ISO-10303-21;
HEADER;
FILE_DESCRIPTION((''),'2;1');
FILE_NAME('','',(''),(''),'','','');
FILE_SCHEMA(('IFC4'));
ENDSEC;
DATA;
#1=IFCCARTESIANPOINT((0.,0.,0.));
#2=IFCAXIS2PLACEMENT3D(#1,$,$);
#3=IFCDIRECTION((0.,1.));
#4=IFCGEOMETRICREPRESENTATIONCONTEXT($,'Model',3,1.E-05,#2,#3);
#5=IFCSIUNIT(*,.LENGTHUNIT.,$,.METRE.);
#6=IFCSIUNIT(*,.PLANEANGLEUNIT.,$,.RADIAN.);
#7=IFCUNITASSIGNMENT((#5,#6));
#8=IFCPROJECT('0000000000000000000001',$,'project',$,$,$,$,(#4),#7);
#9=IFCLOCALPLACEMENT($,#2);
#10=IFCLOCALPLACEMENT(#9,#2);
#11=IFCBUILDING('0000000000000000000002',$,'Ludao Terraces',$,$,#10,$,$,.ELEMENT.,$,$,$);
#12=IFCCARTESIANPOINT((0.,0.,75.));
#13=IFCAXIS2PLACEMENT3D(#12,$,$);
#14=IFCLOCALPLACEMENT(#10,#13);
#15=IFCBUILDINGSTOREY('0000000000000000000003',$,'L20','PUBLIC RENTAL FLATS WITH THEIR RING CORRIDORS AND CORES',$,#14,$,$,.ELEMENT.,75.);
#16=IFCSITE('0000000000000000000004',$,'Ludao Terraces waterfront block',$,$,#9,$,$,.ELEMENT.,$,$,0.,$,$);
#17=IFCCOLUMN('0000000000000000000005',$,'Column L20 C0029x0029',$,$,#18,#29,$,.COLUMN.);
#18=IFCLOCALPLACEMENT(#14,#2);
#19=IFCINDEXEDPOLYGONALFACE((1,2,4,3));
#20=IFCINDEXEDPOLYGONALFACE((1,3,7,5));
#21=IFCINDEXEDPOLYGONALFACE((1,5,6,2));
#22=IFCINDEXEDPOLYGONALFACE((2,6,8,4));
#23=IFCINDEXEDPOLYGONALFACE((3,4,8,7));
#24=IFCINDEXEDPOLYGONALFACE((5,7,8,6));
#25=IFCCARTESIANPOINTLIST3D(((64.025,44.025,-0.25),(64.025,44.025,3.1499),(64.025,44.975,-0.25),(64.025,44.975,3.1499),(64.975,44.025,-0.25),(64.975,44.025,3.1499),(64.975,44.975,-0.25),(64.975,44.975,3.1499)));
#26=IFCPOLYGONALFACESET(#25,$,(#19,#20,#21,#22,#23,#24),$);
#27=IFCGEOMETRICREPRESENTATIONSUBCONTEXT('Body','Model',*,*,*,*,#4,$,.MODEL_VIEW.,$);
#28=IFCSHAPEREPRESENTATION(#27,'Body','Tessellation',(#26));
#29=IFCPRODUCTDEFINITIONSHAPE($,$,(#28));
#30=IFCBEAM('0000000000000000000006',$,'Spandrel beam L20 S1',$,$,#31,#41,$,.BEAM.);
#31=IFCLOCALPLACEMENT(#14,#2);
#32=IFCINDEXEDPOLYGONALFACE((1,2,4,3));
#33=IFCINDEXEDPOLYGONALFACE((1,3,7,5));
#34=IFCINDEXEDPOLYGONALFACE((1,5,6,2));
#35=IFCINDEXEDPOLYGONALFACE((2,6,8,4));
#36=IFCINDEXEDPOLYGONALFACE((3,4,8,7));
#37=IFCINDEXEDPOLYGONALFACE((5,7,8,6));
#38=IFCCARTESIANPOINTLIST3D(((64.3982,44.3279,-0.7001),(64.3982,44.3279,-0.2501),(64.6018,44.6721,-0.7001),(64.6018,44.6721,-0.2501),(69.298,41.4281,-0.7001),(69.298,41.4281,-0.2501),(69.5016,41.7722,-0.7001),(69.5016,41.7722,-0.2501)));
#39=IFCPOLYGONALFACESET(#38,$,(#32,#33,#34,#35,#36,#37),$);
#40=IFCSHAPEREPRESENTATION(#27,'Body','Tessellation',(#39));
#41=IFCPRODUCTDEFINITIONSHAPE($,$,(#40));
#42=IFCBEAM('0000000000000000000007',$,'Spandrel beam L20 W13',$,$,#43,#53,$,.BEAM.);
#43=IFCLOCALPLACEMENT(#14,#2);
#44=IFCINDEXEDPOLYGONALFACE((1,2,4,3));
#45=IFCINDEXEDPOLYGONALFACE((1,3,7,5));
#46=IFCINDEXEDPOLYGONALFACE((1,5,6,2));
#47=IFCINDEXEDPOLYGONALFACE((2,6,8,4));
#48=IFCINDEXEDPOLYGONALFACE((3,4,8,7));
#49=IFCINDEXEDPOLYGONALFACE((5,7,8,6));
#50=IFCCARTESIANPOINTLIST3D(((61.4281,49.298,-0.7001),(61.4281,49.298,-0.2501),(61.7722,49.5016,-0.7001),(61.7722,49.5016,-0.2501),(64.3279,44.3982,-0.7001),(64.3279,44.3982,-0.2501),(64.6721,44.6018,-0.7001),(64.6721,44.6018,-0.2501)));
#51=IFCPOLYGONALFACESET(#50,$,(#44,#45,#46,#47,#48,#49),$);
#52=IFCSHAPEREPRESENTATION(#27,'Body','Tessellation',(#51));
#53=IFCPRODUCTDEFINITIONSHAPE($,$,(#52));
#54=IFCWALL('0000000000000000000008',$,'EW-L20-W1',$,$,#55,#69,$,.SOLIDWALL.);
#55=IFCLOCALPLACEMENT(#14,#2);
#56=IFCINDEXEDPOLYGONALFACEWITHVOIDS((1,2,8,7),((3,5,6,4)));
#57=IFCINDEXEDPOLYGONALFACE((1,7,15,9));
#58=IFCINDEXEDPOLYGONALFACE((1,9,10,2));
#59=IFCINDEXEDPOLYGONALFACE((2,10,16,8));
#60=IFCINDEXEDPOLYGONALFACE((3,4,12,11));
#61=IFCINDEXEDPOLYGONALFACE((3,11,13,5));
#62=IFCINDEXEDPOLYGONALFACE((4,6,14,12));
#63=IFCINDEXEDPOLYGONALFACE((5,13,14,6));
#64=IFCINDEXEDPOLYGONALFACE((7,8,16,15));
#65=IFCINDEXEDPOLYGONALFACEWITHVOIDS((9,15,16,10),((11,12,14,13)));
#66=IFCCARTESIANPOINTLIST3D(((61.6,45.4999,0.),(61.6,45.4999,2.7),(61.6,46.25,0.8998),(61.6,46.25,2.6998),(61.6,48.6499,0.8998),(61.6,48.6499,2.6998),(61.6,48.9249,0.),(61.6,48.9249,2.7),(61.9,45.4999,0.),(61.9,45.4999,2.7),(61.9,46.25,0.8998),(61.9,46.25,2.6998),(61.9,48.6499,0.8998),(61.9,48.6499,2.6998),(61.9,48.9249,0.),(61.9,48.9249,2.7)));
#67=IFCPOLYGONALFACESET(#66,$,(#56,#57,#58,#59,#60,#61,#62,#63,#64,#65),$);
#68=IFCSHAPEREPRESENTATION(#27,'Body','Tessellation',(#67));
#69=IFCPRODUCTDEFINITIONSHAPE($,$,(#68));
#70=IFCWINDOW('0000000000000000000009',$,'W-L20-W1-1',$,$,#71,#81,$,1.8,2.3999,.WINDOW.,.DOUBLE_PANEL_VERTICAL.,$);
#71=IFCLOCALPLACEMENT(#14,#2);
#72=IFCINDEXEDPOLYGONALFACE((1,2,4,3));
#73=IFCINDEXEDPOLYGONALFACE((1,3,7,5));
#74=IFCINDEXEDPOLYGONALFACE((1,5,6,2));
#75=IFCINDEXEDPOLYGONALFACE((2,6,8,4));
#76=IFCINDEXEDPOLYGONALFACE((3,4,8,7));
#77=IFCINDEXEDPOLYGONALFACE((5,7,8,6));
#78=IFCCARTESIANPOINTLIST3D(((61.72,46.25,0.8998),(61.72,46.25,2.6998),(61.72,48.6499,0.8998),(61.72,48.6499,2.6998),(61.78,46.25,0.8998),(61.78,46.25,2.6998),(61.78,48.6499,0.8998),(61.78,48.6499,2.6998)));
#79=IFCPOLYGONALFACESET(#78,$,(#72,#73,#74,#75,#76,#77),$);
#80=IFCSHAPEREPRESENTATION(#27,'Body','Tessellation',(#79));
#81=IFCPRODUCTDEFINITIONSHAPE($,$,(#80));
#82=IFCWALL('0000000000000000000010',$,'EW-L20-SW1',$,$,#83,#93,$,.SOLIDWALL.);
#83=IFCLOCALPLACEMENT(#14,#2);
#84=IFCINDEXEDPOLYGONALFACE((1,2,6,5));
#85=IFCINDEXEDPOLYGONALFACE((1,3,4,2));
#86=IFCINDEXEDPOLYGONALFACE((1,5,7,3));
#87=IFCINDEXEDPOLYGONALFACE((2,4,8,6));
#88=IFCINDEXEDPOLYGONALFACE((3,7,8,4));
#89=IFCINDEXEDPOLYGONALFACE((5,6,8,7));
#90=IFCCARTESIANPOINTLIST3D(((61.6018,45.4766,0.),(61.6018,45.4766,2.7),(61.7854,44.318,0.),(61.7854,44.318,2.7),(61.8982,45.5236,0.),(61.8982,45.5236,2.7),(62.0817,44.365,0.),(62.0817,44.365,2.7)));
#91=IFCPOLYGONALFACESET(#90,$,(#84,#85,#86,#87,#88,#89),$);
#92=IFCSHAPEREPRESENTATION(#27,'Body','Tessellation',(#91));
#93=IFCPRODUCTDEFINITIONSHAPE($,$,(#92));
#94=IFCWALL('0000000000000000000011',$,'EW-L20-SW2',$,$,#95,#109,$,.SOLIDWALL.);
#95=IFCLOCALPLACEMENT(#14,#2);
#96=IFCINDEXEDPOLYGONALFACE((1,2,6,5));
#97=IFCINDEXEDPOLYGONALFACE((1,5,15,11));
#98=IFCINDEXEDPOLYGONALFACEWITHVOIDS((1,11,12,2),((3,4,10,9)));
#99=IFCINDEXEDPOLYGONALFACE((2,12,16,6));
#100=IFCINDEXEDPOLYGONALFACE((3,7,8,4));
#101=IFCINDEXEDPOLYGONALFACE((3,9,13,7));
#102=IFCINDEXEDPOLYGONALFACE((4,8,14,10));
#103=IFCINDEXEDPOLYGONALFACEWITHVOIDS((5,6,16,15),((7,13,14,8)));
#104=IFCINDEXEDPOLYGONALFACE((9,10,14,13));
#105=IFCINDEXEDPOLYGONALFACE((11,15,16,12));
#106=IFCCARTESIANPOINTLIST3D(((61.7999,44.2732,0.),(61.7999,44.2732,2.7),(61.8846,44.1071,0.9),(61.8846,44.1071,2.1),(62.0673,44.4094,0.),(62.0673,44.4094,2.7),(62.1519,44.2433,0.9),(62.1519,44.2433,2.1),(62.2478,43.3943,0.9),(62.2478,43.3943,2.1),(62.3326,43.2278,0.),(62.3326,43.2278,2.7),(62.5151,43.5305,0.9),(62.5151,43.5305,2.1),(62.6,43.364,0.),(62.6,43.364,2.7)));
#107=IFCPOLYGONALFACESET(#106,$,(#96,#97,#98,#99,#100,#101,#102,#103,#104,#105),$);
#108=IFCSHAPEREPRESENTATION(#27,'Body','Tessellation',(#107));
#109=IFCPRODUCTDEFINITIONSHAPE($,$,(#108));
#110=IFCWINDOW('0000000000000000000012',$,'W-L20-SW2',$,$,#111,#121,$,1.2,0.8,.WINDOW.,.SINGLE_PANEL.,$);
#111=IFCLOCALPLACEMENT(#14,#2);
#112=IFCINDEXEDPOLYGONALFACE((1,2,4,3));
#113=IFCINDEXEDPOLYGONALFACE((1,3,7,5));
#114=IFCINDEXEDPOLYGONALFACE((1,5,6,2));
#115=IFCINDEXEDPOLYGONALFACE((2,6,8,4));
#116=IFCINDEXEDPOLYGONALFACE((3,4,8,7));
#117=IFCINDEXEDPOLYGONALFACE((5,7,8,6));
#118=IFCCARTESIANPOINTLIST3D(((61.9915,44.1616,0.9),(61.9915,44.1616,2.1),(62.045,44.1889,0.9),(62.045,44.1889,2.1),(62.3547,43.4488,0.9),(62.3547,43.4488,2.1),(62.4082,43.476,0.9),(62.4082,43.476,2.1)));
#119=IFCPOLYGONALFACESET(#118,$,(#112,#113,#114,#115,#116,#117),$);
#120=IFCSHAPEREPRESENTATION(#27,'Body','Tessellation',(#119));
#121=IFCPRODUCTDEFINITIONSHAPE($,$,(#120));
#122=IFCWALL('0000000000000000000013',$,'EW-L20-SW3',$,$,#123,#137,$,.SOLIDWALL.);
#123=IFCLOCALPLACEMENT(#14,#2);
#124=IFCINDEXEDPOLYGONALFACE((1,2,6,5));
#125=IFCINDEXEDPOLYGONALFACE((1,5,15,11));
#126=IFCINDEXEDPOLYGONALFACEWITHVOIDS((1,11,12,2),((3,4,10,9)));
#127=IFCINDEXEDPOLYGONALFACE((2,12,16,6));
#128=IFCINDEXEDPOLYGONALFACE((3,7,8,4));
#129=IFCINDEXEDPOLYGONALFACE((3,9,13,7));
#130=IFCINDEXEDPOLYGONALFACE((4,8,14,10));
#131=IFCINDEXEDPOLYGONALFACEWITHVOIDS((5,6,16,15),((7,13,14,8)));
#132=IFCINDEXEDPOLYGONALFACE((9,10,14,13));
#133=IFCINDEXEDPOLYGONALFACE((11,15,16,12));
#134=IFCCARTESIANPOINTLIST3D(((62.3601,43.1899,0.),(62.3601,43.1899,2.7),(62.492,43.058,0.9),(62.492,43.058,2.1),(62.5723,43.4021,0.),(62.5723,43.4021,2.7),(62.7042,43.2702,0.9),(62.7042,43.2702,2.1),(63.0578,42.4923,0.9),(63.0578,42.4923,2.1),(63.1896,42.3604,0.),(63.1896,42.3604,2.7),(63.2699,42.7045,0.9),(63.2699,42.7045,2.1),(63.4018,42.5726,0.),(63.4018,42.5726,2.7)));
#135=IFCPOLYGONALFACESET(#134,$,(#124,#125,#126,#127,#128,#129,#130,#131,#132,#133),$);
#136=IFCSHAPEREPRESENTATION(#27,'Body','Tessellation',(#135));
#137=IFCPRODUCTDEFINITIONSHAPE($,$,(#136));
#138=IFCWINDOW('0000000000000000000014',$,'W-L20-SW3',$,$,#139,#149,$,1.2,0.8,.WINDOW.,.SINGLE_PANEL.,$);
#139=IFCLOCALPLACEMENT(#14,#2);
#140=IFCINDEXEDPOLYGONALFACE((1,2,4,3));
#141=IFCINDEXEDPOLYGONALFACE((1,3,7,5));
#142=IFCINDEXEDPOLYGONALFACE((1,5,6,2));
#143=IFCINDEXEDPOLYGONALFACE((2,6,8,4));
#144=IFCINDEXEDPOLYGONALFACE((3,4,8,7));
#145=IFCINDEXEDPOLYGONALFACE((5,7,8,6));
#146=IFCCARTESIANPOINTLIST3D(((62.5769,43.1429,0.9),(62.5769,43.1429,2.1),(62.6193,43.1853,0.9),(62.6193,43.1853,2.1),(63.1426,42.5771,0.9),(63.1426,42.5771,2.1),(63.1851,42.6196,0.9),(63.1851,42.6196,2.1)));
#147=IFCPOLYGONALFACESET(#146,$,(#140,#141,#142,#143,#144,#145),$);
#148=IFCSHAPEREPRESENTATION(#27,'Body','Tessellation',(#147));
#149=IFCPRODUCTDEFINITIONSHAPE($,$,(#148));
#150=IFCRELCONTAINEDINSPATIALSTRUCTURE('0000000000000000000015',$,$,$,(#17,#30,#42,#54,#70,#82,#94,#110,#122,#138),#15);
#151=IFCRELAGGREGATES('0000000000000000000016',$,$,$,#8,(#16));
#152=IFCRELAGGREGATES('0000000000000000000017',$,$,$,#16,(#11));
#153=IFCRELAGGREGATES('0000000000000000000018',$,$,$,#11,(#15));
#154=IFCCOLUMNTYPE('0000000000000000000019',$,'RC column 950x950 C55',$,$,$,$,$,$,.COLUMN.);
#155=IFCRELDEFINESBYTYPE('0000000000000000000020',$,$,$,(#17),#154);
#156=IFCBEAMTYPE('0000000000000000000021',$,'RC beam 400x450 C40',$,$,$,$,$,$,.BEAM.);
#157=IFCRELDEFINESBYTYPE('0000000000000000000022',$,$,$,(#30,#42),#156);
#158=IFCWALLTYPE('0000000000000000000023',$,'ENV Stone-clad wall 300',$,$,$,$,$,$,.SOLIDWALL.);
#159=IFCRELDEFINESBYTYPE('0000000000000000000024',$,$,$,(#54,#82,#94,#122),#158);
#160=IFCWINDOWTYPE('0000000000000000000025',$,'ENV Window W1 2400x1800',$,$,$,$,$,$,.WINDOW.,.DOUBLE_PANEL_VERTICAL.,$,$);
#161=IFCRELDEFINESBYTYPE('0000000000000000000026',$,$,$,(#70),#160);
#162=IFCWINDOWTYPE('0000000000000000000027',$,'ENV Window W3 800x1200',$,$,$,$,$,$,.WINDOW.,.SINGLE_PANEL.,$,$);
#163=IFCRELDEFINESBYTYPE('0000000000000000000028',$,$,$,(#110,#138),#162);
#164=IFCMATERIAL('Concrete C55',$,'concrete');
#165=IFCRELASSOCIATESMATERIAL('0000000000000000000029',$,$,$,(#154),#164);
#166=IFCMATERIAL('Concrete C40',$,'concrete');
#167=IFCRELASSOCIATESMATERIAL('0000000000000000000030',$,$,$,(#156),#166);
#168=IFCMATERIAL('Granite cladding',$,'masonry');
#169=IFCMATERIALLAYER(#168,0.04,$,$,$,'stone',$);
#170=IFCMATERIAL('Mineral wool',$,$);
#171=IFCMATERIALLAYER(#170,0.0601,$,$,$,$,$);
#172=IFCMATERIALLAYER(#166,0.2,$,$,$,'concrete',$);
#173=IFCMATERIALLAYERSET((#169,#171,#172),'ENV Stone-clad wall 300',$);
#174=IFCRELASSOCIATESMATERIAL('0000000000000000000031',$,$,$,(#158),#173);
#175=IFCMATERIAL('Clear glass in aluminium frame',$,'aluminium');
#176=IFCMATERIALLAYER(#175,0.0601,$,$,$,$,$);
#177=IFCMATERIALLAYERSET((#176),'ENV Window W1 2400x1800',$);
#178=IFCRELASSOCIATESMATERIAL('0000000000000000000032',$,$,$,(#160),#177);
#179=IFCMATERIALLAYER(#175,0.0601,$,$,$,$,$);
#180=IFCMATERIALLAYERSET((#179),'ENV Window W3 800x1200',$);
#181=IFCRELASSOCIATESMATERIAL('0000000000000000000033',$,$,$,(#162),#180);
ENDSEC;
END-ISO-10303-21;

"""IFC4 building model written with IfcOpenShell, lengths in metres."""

from ifc_helpers import new_model, si_unit, direction, frame, frame_2d, origin, origin_2d, place, context, subcontext, project, spatial, rectangle, extrude, material, layer, layer_set, material_profile, profile_set, type_object, element, fill, save


model = new_model("IFC4")

# Units and contexts
model_context = context("Model", 3, precision=1e-05, world=origin(), true_north=direction((0.0, 1.0)))
body_context = subcontext(model_context, "Body", "Model", "MODEL_VIEW")
ifc_project = project(units=[si_unit("LENGTHUNIT", "METRE"), si_unit("PLANEANGLEUNIT", "RADIAN")], contexts=[model_context])

# Site, building, storey
site_placement = place(None, origin())
site = spatial("IfcSite", under=ifc_project, at=site_placement, Name="Ludao Terraces waterfront block", CompositionType="ELEMENT", RefElevation=0.0)
building_placement = place(site_placement, origin())
building = spatial("IfcBuilding", under=site, at=building_placement, Name="Ludao Terraces", CompositionType="ELEMENT")
storey_placement = place(building_placement, frame((0.0, 0.0, 75.0)))
storey = spatial("IfcBuildingStorey", under=building, at=storey_placement, Name="L20", Description="PUBLIC RENTAL FLATS WITH THEIR RING CORRIDORS AND CORES", CompositionType="ELEMENT", Elevation=75.0)

# Column
ifc_material_1 = material(Name="Concrete C55", Category="concrete")
ifc_material_profile_1 = material_profile(ifc_material_1, rectangle(XDim=0.95, YDim=0.95, at=origin_2d()), Name="950 X 950")
ifc_profile_set_1 = profile_set([ifc_material_profile_1], Name="Concrete C55")
column_type = type_object("IfcColumnType", Name="RC column 950x950 C55", PredefinedType="COLUMN", material=ifc_profile_set_1)
column_placement = place(storey_placement, frame((64.5, 44.5, -0.25), z_axis=(0.0, 0.0, 1.0), x_axis=(1.0, 0.0, 0.0)))
element("IfcColumn", 1, at=column_placement, inside=storey, type_object=column_type, Name="Column L20 C0029x0029", PredefinedType="COLUMN", context=body_context, shape_type="SweptSolid", body=[
    extrude(rectangle(XDim=0.95, YDim=0.95, at=origin_2d()), origin(), (0.0, 0.0, 1.0), 3.3999),
])

# Beams
ifc_material_2 = material(Name="Concrete C40", Category="concrete")
ifc_material_profile_2 = material_profile(ifc_material_2, rectangle(XDim=0.3999, YDim=0.45, at=origin_2d()), Name="400 X 450")
ifc_profile_set_2 = profile_set([ifc_material_profile_2], Name="Concrete C40")
beam_type = type_object("IfcBeamType", Name="RC beam 400x450 C40", PredefinedType="BEAM", material=ifc_profile_set_2)
for number, where, z_axis, x_axis, name in (
    (2, (64.5, 44.5, -0.4751), (0.86058, -0.509316, 0.0), (0.509316, 0.86058, 0.0), "Spandrel beam L20 S1"),
    (3, (64.5, 44.5, -0.4751), (-0.509316, 0.86058, 0.0), (-0.86058, -0.509316, 0.0), "Spandrel beam L20 W13"),
):
    element("IfcBeam", number, at=place(storey_placement, frame(where, z_axis=z_axis, x_axis=x_axis)), inside=storey, type_object=beam_type, Name=name, PredefinedType="BEAM", context=body_context, shape_type="SweptSolid", body=[
        extrude(rectangle(XDim=0.3999, YDim=0.45, at=origin_2d()), origin(), (0.0, 0.0, 1.0), 5.6936),
    ])

# Wall, opening, window
ifc_material_3 = material(Name="Granite cladding", Category="masonry")
ifc_layer_1 = layer(ifc_material_3, 0.04, Category="stone")
ifc_material_4 = material(Name="Mineral wool")
ifc_layer_2 = layer(ifc_material_4, 0.0601)
ifc_layer_3 = layer(ifc_material_2, 0.2, Category="concrete")
ifc_layer_set_1 = layer_set([ifc_layer_1, ifc_layer_2, ifc_layer_3], Name="ENV Stone-clad wall 300")
wall_type = type_object("IfcWallType", Name="ENV Stone-clad wall 300", PredefinedType="SOLIDWALL", material=ifc_layer_set_1)
wall_1_placement = place(storey_placement, frame((61.75, 45.5, 0.0), z_axis=(0.0, 0.0, 1.0), x_axis=(0.0, 1.0, 0.0)))
wall_1 = element("IfcWall", 4, at=wall_1_placement, inside=storey, type_object=wall_type, Name="EW-L20-W1", PredefinedType="SOLIDWALL", context=body_context, shape_type="SweptSolid", body=[
    extrude(rectangle(XDim=3.425, YDim=0.3, at=frame_2d((1.7124, 0.0))), origin(), (0.0, 0.0, 1.0), 2.7),
])
opening_1_placement = place(wall_1_placement, frame((0.75, 0.0, 0.8999)))
opening_1 = element("IfcOpeningElement", 5, at=opening_1_placement, cuts=wall_1, PredefinedType="OPENING", context=body_context, shape_type="SweptSolid", body=[
    extrude(rectangle(XDim=2.3999, YDim=1.8, at=frame_2d((1.2, 0.8999))), frame((0.0, 0.1602, 0.0), z_axis=(0.0, -1.0, 0.0), x_axis=(1.0, 0.0, 0.0)), (0.0, 0.0, 1.0), 0.3201),
])
ifc_material_5 = material(Name="Clear glass in aluminium frame", Category="aluminium")
ifc_layer_4 = layer(ifc_material_5, 0.0601)
ifc_layer_set_2 = layer_set([ifc_layer_4], Name="ENV Window W1 2400x1800")
window_type_1 = type_object("IfcWindowType", Name="ENV Window W1 2400x1800", PartitioningType="DOUBLE_PANEL_VERTICAL", PredefinedType="WINDOW", material=ifc_layer_set_2)
window_1_placement = place(opening_1_placement, origin())
window_1 = element("IfcWindow", 6, at=window_1_placement, inside=storey, type_object=window_type_1, Name="W-L20-W1-1", OverallHeight=1.8, OverallWidth=2.3999, PartitioningType="DOUBLE_PANEL_VERTICAL", PredefinedType="WINDOW", context=body_context, shape_type="SweptSolid", body=[
    extrude(rectangle(XDim=2.3999, YDim=1.8, at=frame_2d((1.2, 0.8999))), frame((0.0, 0.03, 0.0), z_axis=(0.0, -1.0, 0.0), x_axis=(1.0, 0.0, 0.0)), (0.0, 0.0, 1.0), 0.0601),
])
fill(opening_1, window_1)

# Wall
wall_2_placement = place(storey_placement, frame((61.75, 45.5, 0.0), z_axis=(0.0, 0.0, 1.0), x_axis=(0.156497, -0.987678, 0.0)))
element("IfcWall", 7, at=wall_2_placement, inside=storey, type_object=wall_type, Name="EW-L20-SW1", PredefinedType="SOLIDWALL", context=body_context, shape_type="SweptSolid", body=[
    extrude(rectangle(XDim=1.1731, YDim=0.3, at=frame_2d((0.5864, 0.0))), origin(), (0.0, 0.0, 1.0), 2.7),
])

# Walls, openings, windows
wall_3_placement = place(storey_placement, frame((61.9336, 44.3413, 0.0), z_axis=(0.0, 0.0, 1.0), x_axis=(0.454026, -0.890989, 0.0)))
wall_3 = element("IfcWall", 8, at=wall_3_placement, inside=storey, type_object=wall_type, Name="EW-L20-SW2", PredefinedType="SOLIDWALL", context=body_context, shape_type="SweptSolid", body=[
    extrude(rectangle(XDim=1.1733, YDim=0.3, at=frame_2d((0.5867, 0.0))), origin(), (0.0, 0.0, 1.0), 2.7),
])
opening_2_placement = place(wall_3_placement, frame((0.1865, 0.0, 0.8999)))
opening_2 = element("IfcOpeningElement", 9, at=opening_2_placement, cuts=wall_3, PredefinedType="OPENING", context=body_context, shape_type="SweptSolid", body=[
    extrude(rectangle(XDim=0.8, YDim=1.2, at=frame_2d((0.3999, 0.6001))), frame((0.0, 0.1602, 0.0), z_axis=(0.0, -1.0, 0.0), x_axis=(1.0, 0.0, 0.0)), (0.0, 0.0, 1.0), 0.3201),
])
ifc_layer_5 = layer(ifc_material_5, 0.0601)
ifc_layer_set_3 = layer_set([ifc_layer_5], Name="ENV Window W3 800x1200")
window_type_2 = type_object("IfcWindowType", Name="ENV Window W3 800x1200", PartitioningType="SINGLE_PANEL", PredefinedType="WINDOW", material=ifc_layer_set_3)
window_2_placement = place(opening_2_placement, origin())
window_2 = element("IfcWindow", 10, at=window_2_placement, inside=storey, type_object=window_type_2, Name="W-L20-SW2", OverallHeight=1.2, OverallWidth=0.8, PartitioningType="SINGLE_PANEL", PredefinedType="WINDOW", context=body_context, shape_type="SweptSolid", body=[
    extrude(rectangle(XDim=0.8, YDim=1.2, at=frame_2d((0.3999, 0.6001))), frame((0.0, 0.03, 0.0), z_axis=(0.0, -1.0, 0.0), x_axis=(1.0, 0.0, 0.0)), (0.0, 0.0, 1.0), 0.0601),
])
fill(opening_2, window_2)
wall_4_placement = place(storey_placement, frame((62.4663, 43.2959, 0.0), z_axis=(0.0, 0.0, 1.0), x_axis=(0.707107, -0.707107, 0.0)))
wall_4 = element("IfcWall", 11, at=wall_4_placement, inside=storey, type_object=wall_type, Name="EW-L20-SW3", PredefinedType="SOLIDWALL", context=body_context, shape_type="SweptSolid", body=[
    extrude(rectangle(XDim=1.1731, YDim=0.3, at=frame_2d((0.5864, 0.0))), origin(), (0.0, 0.0, 1.0), 2.7),
])
opening_3_placement = place(wall_4_placement, frame((0.1865, 0.0, 0.8999)))
opening_3 = element("IfcOpeningElement", 12, at=opening_3_placement, cuts=wall_4, PredefinedType="OPENING", context=body_context, shape_type="SweptSolid", body=[
    extrude(rectangle(XDim=0.8, YDim=1.2, at=frame_2d((0.3999, 0.6001))), frame((0.0, 0.1602, 0.0), z_axis=(0.0, -1.0, 0.0), x_axis=(1.0, 0.0, 0.0)), (0.0, 0.0, 1.0), 0.3201),
])
window_3_placement = place(opening_3_placement, origin())
window_3 = element("IfcWindow", 13, at=window_3_placement, inside=storey, type_object=window_type_2, Name="W-L20-SW3", OverallHeight=1.2, OverallWidth=0.8, PartitioningType="SINGLE_PANEL", PredefinedType="WINDOW", context=body_context, shape_type="SweptSolid", body=[
    extrude(rectangle(XDim=0.8, YDim=1.2, at=frame_2d((0.3999, 0.6001))), frame((0.0, 0.03, 0.0), z_axis=(0.0, -1.0, 0.0), x_axis=(1.0, 0.0, 0.0)), (0.0, 0.0, 1.0), 0.0601),
])
fill(opening_3, window_3)

save(model, "model.ifc")
